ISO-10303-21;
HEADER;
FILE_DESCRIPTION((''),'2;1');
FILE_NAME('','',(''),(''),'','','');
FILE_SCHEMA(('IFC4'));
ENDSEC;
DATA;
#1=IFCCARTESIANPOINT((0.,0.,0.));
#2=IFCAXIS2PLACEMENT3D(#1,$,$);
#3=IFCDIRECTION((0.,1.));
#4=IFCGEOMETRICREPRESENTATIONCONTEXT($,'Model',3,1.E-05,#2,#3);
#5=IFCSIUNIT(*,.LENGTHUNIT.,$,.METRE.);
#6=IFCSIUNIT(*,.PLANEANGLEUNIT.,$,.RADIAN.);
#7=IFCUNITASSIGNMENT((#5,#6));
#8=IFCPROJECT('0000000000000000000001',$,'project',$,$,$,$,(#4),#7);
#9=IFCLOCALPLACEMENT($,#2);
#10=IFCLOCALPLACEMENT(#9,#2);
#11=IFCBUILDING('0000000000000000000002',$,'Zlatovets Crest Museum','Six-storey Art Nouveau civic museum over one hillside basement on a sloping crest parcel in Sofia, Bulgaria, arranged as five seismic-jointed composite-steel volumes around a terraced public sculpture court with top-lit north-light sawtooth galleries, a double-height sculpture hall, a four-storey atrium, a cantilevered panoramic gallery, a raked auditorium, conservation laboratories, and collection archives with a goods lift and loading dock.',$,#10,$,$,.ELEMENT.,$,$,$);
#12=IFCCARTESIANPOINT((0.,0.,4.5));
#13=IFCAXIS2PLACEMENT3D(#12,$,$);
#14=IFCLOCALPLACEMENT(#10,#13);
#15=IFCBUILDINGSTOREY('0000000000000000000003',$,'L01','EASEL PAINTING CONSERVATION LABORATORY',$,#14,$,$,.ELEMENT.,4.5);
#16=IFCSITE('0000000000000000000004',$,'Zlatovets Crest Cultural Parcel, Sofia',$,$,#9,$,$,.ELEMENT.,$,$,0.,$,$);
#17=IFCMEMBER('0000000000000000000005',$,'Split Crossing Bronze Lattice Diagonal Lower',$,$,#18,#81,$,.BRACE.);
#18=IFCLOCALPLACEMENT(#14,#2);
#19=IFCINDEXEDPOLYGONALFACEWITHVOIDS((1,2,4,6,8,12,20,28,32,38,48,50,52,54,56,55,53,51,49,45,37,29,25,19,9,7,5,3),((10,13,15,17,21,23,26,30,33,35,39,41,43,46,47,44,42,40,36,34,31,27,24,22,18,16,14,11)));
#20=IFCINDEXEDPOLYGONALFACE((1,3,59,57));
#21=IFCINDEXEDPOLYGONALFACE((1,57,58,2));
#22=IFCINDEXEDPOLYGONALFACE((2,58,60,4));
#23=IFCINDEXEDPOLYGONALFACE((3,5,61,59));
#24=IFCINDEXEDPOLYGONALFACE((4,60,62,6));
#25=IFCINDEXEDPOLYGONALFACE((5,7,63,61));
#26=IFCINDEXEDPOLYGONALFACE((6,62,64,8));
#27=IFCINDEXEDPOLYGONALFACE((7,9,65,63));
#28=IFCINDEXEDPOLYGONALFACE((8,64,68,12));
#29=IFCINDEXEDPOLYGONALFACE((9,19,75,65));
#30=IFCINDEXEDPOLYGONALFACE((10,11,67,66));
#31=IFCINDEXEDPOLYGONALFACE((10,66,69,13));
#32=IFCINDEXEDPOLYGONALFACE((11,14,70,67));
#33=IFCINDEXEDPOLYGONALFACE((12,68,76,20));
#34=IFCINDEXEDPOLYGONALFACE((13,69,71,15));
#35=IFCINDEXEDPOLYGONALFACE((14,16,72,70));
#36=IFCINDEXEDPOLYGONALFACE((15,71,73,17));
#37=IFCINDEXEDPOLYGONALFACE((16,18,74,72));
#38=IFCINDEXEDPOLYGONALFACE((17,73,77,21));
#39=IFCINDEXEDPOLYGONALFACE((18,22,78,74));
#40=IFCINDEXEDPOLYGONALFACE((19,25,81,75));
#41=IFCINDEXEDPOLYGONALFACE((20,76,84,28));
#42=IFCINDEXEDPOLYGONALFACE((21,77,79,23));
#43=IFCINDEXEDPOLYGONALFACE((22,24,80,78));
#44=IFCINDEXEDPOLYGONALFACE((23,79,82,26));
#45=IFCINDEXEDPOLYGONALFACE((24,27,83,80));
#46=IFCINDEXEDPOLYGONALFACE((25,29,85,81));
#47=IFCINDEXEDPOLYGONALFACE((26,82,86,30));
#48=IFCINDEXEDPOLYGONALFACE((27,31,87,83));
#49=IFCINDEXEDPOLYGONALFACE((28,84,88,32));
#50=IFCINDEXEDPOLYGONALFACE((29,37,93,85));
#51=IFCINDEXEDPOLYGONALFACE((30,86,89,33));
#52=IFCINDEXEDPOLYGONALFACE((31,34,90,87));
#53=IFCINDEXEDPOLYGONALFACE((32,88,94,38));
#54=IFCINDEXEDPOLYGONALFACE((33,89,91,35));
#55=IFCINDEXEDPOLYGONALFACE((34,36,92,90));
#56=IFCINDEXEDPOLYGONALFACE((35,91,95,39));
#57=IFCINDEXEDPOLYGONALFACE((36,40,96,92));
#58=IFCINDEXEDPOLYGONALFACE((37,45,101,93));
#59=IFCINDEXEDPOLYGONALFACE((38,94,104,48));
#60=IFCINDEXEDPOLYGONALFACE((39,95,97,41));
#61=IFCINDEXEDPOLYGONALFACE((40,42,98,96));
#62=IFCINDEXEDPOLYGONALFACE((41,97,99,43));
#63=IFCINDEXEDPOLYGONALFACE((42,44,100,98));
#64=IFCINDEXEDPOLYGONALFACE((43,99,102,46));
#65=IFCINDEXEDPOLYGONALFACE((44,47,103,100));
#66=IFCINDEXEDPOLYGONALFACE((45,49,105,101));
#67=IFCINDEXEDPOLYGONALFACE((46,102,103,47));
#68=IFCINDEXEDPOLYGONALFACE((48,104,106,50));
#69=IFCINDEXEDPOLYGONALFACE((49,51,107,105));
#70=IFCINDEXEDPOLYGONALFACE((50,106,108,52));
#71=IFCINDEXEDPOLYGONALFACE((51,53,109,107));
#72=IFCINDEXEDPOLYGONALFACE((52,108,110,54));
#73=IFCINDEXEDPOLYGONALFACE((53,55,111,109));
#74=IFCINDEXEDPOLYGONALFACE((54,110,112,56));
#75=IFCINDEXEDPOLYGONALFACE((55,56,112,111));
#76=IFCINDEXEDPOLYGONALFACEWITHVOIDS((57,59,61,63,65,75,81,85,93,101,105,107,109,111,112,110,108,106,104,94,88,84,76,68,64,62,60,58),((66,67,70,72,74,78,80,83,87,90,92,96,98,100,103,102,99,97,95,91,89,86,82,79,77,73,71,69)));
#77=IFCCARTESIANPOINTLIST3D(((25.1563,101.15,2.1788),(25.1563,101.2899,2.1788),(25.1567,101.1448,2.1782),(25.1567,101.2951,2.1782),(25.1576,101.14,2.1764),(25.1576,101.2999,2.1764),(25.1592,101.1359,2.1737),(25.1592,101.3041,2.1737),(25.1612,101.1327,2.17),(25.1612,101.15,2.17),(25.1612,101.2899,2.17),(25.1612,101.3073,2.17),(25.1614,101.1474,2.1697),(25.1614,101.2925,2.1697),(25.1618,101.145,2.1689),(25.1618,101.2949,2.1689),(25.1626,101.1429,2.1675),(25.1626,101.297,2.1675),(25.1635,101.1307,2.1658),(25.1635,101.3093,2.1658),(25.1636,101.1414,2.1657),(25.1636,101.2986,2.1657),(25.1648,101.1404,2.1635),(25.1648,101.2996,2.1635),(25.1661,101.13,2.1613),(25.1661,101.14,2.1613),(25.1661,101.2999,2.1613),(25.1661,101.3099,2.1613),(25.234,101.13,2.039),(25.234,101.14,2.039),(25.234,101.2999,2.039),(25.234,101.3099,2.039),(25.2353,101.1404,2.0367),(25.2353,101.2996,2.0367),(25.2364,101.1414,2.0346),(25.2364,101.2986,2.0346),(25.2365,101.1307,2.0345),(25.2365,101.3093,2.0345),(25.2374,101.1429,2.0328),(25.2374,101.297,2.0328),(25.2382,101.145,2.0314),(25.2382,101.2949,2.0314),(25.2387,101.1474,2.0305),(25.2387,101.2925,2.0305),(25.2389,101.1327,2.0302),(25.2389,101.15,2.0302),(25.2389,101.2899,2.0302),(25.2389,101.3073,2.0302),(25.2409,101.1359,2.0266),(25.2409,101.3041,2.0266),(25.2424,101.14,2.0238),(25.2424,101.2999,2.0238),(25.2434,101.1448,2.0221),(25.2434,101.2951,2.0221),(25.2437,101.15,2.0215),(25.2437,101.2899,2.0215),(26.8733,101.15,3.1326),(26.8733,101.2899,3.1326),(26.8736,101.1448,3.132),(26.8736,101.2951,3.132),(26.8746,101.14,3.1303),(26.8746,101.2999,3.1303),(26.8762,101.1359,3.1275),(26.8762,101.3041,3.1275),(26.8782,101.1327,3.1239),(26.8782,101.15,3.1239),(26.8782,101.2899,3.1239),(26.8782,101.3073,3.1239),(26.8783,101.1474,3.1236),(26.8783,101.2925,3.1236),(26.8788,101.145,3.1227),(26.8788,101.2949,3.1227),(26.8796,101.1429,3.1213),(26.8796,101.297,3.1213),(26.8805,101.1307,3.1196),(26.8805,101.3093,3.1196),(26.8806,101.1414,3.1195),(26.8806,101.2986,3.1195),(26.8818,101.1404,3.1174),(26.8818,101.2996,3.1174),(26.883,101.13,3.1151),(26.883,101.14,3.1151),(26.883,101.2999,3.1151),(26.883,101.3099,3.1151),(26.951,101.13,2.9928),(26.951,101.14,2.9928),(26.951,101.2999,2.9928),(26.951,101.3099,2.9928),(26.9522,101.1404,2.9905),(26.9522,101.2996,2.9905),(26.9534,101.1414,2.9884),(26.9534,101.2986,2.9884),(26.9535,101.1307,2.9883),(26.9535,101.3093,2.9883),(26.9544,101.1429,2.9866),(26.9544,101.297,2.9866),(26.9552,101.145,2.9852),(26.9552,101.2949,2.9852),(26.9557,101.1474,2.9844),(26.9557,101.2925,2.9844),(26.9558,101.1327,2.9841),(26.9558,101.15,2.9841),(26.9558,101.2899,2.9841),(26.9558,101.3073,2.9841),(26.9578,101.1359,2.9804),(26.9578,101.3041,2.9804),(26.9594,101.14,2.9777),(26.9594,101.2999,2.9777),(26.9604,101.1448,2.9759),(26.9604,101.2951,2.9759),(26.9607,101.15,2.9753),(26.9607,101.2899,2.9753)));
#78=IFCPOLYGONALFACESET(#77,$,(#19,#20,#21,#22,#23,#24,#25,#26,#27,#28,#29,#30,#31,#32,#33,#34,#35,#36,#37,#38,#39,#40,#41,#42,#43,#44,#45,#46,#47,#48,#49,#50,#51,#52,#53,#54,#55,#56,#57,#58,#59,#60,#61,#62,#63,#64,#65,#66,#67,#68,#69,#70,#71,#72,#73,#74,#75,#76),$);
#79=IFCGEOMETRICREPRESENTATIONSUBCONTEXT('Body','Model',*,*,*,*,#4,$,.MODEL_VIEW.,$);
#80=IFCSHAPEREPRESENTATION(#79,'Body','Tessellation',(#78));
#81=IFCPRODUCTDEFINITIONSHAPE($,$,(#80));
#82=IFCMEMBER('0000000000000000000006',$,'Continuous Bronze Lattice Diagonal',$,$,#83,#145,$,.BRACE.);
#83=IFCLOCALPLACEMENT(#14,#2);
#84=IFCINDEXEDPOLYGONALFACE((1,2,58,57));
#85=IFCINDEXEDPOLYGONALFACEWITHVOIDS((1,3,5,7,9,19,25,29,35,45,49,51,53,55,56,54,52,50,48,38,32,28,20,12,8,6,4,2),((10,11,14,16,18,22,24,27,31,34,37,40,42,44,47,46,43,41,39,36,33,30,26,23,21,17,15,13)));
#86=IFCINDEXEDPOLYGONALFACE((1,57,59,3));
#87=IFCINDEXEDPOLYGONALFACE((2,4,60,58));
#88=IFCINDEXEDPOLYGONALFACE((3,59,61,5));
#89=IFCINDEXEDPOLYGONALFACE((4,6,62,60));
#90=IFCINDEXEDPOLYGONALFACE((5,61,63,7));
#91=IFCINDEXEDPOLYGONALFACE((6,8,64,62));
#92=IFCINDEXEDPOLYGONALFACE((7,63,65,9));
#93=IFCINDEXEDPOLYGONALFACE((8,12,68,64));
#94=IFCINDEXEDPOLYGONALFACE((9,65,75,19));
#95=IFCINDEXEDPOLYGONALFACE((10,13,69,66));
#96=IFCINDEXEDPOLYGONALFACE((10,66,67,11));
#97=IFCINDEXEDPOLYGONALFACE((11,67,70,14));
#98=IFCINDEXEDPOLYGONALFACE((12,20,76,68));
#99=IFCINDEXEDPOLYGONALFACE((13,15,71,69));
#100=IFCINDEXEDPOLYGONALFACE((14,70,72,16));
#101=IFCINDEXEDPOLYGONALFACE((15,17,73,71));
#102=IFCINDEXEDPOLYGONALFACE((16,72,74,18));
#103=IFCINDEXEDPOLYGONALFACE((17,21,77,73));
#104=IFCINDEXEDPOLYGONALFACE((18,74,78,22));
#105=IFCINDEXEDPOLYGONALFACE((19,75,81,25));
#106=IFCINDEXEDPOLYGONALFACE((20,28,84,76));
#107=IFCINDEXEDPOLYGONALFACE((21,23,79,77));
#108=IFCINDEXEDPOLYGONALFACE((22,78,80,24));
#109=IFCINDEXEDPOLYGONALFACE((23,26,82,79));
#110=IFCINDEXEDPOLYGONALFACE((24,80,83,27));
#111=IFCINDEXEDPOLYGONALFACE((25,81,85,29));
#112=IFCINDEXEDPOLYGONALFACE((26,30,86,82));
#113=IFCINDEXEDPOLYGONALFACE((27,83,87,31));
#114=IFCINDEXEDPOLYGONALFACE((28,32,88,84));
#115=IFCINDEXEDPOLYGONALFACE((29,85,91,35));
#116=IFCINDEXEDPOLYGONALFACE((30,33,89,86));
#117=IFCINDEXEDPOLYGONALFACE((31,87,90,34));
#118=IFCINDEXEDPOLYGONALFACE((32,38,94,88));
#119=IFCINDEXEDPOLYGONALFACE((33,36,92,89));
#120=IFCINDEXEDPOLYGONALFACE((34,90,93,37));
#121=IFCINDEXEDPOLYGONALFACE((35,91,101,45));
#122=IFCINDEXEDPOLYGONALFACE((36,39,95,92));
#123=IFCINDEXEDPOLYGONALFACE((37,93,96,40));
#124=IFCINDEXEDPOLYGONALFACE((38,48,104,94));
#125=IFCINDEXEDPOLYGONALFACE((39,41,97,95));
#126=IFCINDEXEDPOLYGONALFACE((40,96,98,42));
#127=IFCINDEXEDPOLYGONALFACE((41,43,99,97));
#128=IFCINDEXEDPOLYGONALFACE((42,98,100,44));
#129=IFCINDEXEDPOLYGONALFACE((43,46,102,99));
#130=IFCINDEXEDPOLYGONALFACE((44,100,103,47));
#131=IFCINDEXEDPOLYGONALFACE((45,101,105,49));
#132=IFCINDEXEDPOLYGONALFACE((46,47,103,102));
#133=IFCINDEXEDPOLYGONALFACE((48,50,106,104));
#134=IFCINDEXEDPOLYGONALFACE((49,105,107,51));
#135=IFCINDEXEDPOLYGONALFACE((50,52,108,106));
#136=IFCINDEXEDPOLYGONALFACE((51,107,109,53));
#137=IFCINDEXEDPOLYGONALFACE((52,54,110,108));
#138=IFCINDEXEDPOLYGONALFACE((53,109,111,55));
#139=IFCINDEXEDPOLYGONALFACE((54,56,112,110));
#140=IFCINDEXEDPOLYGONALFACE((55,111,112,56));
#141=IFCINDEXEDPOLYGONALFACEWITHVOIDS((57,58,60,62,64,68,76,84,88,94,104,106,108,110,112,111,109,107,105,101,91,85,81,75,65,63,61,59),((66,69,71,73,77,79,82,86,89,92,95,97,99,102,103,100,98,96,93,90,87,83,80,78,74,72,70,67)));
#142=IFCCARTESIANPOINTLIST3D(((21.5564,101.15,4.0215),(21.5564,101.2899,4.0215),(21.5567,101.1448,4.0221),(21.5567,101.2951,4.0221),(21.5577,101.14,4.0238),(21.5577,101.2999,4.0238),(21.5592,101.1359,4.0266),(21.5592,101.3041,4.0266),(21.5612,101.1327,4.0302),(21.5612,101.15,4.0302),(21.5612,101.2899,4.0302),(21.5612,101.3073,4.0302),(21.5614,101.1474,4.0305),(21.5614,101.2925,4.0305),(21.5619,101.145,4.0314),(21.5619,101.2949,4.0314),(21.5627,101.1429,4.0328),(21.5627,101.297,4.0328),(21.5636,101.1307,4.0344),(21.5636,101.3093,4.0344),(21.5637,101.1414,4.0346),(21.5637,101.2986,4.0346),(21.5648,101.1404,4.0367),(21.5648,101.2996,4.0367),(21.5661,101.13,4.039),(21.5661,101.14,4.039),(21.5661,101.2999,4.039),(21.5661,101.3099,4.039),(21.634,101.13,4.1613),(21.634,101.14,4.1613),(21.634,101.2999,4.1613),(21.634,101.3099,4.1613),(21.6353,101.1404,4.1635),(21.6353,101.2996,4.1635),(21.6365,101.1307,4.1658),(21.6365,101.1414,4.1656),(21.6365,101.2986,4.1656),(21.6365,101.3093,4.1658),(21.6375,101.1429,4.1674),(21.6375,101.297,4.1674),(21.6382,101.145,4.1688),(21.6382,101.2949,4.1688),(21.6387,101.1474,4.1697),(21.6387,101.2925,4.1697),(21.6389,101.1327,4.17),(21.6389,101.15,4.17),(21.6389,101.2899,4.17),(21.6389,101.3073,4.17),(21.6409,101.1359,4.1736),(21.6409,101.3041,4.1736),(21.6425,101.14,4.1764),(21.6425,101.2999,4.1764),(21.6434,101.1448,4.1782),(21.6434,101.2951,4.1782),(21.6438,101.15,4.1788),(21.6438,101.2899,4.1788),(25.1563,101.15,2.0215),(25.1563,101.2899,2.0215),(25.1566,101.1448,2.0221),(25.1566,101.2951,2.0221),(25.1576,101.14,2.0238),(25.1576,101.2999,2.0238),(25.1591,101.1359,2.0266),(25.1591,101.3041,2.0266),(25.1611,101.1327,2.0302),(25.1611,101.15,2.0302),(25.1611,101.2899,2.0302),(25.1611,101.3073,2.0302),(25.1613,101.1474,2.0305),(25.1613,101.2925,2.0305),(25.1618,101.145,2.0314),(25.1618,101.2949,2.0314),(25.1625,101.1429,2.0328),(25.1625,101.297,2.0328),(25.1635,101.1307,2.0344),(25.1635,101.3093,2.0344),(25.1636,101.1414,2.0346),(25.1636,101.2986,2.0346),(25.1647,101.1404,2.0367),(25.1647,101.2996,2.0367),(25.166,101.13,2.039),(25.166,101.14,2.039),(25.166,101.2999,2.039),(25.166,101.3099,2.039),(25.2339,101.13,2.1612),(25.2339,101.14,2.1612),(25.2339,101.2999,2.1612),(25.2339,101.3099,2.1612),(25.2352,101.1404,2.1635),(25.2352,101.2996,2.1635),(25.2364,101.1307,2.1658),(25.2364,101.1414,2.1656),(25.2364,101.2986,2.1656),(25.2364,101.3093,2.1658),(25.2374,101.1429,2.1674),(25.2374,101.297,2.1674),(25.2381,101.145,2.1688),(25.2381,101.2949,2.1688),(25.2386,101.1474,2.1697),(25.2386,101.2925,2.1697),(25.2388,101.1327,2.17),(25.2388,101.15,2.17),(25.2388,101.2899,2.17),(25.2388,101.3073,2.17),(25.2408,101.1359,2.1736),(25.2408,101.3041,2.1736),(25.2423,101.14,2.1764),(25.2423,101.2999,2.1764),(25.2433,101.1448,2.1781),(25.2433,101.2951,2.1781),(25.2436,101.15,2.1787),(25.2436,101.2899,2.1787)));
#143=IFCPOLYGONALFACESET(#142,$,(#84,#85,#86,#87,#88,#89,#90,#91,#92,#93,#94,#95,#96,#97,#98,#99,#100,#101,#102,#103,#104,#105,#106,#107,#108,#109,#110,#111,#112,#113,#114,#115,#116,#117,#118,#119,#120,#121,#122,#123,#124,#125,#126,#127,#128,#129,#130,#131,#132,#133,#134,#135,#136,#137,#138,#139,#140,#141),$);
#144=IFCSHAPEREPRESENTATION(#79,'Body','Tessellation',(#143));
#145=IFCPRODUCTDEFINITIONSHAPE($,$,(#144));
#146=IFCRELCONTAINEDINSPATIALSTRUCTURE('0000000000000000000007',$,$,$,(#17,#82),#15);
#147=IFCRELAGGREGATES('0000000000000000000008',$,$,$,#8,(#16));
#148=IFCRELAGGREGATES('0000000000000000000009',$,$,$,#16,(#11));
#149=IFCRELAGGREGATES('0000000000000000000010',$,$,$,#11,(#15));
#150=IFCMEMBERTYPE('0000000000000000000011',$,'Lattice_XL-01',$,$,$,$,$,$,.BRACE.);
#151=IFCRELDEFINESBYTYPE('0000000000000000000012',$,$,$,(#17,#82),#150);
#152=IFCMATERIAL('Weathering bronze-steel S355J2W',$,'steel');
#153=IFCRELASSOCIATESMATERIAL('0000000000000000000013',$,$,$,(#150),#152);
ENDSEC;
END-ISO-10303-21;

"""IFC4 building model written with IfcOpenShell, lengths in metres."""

from ifc_helpers import new_model, si_unit, direction, frame, origin, origin_2d, place, context, subcontext, project, spatial, hollow_rectangle, extrude, material, material_profile, profile_set, type_object, element, save


model = new_model("IFC4")

# Units and contexts
model_context = context("Model", 3, precision=1e-05, world=origin(), true_north=direction((0.0, 1.0)))
body_context = subcontext(model_context, "Body", "Model", "MODEL_VIEW")
ifc_project = project(units=[si_unit("LENGTHUNIT", "METRE"), si_unit("PLANEANGLEUNIT", "RADIAN")], contexts=[model_context])

# Site, building, storey
site_placement = place(None, origin())
site = spatial("IfcSite", under=ifc_project, at=site_placement, Name="Zlatovets Crest Cultural Parcel, Sofia", CompositionType="ELEMENT", RefElevation=0.0)
building_placement = place(site_placement, origin())
building = spatial("IfcBuilding", under=site, at=building_placement, Name="Zlatovets Crest Museum", Description="Six-storey Art Nouveau civic museum over one hillside basement on a sloping crest parcel in Sofia, Bulgaria, arranged as five seismic-jointed composite-steel volumes around a terraced public sculpture court with top-lit north-light sawtooth galleries, a double-height sculpture hall, a four-storey atrium, a cantilevered panoramic gallery, a raked auditorium, conservation laboratories, and collection archives with a goods lift and loading dock.", CompositionType="ELEMENT")
storey_placement = place(building_placement, frame((0.0, 0.0, 4.5)))
storey = spatial("IfcBuildingStorey", under=building, at=storey_placement, Name="L01", Description="EASEL PAINTING CONSERVATION LABORATORY", CompositionType="ELEMENT", Elevation=4.5)

# Members
ifc_material_1 = material(Name="Weathering bronze-steel S355J2W", Category="steel")
ifc_material_profile_1 = material_profile(ifc_material_1, hollow_rectangle(XDim=0.1799, YDim=0.1799, WallThickness=0.01, InnerFilletRadius=0.01, OuterFilletRadius=0.02, at=origin_2d()), Name="SHS 180x180x10.0")
ifc_profile_set_1 = profile_set([ifc_material_profile_1], Name="Weathering bronze-steel S355J2W")
member_type_1 = type_object("IfcMemberType", Name="Lattice_XL-01", PredefinedType="BRACE", material=ifc_profile_set_1)
member_1_placement = place(storey_placement, frame((26.917, 101.22, 3.054), z_axis=(-0.874169, 0.0, -0.485622), x_axis=(0.0, -1.0, 0.0)))
element("IfcMember", 1, at=member_1_placement, inside=storey, type_object=member_type_1, Name="Split Crossing Bronze Lattice Diagonal Lower", PredefinedType="BRACE", context=body_context, shape_type="SweptSolid", body=[
    extrude(hollow_rectangle(XDim=0.1799, YDim=0.1799, WallThickness=0.01, InnerFilletRadius=0.01, OuterFilletRadius=0.02, at=origin_2d()), origin(), (0.0, 0.0, 1.0), 1.9641),
])
member_2_placement = place(storey_placement, frame((25.2, 101.22, 2.1001), z_axis=(-0.874149, 0.0, 0.485658), x_axis=(0.0, -1.0, 0.0)))
element("IfcMember", 2, at=member_2_placement, inside=storey, type_object=member_type_1, Name="Continuous Bronze Lattice Diagonal", PredefinedType="BRACE", context=body_context, shape_type="SweptSolid", body=[
    extrude(hollow_rectangle(XDim=0.1799, YDim=0.1799, WallThickness=0.01, InnerFilletRadius=0.01, OuterFilletRadius=0.02, at=origin_2d()), origin(), (0.0, 0.0, 1.0), 4.1182),
])

save(model, "model.ifc")
